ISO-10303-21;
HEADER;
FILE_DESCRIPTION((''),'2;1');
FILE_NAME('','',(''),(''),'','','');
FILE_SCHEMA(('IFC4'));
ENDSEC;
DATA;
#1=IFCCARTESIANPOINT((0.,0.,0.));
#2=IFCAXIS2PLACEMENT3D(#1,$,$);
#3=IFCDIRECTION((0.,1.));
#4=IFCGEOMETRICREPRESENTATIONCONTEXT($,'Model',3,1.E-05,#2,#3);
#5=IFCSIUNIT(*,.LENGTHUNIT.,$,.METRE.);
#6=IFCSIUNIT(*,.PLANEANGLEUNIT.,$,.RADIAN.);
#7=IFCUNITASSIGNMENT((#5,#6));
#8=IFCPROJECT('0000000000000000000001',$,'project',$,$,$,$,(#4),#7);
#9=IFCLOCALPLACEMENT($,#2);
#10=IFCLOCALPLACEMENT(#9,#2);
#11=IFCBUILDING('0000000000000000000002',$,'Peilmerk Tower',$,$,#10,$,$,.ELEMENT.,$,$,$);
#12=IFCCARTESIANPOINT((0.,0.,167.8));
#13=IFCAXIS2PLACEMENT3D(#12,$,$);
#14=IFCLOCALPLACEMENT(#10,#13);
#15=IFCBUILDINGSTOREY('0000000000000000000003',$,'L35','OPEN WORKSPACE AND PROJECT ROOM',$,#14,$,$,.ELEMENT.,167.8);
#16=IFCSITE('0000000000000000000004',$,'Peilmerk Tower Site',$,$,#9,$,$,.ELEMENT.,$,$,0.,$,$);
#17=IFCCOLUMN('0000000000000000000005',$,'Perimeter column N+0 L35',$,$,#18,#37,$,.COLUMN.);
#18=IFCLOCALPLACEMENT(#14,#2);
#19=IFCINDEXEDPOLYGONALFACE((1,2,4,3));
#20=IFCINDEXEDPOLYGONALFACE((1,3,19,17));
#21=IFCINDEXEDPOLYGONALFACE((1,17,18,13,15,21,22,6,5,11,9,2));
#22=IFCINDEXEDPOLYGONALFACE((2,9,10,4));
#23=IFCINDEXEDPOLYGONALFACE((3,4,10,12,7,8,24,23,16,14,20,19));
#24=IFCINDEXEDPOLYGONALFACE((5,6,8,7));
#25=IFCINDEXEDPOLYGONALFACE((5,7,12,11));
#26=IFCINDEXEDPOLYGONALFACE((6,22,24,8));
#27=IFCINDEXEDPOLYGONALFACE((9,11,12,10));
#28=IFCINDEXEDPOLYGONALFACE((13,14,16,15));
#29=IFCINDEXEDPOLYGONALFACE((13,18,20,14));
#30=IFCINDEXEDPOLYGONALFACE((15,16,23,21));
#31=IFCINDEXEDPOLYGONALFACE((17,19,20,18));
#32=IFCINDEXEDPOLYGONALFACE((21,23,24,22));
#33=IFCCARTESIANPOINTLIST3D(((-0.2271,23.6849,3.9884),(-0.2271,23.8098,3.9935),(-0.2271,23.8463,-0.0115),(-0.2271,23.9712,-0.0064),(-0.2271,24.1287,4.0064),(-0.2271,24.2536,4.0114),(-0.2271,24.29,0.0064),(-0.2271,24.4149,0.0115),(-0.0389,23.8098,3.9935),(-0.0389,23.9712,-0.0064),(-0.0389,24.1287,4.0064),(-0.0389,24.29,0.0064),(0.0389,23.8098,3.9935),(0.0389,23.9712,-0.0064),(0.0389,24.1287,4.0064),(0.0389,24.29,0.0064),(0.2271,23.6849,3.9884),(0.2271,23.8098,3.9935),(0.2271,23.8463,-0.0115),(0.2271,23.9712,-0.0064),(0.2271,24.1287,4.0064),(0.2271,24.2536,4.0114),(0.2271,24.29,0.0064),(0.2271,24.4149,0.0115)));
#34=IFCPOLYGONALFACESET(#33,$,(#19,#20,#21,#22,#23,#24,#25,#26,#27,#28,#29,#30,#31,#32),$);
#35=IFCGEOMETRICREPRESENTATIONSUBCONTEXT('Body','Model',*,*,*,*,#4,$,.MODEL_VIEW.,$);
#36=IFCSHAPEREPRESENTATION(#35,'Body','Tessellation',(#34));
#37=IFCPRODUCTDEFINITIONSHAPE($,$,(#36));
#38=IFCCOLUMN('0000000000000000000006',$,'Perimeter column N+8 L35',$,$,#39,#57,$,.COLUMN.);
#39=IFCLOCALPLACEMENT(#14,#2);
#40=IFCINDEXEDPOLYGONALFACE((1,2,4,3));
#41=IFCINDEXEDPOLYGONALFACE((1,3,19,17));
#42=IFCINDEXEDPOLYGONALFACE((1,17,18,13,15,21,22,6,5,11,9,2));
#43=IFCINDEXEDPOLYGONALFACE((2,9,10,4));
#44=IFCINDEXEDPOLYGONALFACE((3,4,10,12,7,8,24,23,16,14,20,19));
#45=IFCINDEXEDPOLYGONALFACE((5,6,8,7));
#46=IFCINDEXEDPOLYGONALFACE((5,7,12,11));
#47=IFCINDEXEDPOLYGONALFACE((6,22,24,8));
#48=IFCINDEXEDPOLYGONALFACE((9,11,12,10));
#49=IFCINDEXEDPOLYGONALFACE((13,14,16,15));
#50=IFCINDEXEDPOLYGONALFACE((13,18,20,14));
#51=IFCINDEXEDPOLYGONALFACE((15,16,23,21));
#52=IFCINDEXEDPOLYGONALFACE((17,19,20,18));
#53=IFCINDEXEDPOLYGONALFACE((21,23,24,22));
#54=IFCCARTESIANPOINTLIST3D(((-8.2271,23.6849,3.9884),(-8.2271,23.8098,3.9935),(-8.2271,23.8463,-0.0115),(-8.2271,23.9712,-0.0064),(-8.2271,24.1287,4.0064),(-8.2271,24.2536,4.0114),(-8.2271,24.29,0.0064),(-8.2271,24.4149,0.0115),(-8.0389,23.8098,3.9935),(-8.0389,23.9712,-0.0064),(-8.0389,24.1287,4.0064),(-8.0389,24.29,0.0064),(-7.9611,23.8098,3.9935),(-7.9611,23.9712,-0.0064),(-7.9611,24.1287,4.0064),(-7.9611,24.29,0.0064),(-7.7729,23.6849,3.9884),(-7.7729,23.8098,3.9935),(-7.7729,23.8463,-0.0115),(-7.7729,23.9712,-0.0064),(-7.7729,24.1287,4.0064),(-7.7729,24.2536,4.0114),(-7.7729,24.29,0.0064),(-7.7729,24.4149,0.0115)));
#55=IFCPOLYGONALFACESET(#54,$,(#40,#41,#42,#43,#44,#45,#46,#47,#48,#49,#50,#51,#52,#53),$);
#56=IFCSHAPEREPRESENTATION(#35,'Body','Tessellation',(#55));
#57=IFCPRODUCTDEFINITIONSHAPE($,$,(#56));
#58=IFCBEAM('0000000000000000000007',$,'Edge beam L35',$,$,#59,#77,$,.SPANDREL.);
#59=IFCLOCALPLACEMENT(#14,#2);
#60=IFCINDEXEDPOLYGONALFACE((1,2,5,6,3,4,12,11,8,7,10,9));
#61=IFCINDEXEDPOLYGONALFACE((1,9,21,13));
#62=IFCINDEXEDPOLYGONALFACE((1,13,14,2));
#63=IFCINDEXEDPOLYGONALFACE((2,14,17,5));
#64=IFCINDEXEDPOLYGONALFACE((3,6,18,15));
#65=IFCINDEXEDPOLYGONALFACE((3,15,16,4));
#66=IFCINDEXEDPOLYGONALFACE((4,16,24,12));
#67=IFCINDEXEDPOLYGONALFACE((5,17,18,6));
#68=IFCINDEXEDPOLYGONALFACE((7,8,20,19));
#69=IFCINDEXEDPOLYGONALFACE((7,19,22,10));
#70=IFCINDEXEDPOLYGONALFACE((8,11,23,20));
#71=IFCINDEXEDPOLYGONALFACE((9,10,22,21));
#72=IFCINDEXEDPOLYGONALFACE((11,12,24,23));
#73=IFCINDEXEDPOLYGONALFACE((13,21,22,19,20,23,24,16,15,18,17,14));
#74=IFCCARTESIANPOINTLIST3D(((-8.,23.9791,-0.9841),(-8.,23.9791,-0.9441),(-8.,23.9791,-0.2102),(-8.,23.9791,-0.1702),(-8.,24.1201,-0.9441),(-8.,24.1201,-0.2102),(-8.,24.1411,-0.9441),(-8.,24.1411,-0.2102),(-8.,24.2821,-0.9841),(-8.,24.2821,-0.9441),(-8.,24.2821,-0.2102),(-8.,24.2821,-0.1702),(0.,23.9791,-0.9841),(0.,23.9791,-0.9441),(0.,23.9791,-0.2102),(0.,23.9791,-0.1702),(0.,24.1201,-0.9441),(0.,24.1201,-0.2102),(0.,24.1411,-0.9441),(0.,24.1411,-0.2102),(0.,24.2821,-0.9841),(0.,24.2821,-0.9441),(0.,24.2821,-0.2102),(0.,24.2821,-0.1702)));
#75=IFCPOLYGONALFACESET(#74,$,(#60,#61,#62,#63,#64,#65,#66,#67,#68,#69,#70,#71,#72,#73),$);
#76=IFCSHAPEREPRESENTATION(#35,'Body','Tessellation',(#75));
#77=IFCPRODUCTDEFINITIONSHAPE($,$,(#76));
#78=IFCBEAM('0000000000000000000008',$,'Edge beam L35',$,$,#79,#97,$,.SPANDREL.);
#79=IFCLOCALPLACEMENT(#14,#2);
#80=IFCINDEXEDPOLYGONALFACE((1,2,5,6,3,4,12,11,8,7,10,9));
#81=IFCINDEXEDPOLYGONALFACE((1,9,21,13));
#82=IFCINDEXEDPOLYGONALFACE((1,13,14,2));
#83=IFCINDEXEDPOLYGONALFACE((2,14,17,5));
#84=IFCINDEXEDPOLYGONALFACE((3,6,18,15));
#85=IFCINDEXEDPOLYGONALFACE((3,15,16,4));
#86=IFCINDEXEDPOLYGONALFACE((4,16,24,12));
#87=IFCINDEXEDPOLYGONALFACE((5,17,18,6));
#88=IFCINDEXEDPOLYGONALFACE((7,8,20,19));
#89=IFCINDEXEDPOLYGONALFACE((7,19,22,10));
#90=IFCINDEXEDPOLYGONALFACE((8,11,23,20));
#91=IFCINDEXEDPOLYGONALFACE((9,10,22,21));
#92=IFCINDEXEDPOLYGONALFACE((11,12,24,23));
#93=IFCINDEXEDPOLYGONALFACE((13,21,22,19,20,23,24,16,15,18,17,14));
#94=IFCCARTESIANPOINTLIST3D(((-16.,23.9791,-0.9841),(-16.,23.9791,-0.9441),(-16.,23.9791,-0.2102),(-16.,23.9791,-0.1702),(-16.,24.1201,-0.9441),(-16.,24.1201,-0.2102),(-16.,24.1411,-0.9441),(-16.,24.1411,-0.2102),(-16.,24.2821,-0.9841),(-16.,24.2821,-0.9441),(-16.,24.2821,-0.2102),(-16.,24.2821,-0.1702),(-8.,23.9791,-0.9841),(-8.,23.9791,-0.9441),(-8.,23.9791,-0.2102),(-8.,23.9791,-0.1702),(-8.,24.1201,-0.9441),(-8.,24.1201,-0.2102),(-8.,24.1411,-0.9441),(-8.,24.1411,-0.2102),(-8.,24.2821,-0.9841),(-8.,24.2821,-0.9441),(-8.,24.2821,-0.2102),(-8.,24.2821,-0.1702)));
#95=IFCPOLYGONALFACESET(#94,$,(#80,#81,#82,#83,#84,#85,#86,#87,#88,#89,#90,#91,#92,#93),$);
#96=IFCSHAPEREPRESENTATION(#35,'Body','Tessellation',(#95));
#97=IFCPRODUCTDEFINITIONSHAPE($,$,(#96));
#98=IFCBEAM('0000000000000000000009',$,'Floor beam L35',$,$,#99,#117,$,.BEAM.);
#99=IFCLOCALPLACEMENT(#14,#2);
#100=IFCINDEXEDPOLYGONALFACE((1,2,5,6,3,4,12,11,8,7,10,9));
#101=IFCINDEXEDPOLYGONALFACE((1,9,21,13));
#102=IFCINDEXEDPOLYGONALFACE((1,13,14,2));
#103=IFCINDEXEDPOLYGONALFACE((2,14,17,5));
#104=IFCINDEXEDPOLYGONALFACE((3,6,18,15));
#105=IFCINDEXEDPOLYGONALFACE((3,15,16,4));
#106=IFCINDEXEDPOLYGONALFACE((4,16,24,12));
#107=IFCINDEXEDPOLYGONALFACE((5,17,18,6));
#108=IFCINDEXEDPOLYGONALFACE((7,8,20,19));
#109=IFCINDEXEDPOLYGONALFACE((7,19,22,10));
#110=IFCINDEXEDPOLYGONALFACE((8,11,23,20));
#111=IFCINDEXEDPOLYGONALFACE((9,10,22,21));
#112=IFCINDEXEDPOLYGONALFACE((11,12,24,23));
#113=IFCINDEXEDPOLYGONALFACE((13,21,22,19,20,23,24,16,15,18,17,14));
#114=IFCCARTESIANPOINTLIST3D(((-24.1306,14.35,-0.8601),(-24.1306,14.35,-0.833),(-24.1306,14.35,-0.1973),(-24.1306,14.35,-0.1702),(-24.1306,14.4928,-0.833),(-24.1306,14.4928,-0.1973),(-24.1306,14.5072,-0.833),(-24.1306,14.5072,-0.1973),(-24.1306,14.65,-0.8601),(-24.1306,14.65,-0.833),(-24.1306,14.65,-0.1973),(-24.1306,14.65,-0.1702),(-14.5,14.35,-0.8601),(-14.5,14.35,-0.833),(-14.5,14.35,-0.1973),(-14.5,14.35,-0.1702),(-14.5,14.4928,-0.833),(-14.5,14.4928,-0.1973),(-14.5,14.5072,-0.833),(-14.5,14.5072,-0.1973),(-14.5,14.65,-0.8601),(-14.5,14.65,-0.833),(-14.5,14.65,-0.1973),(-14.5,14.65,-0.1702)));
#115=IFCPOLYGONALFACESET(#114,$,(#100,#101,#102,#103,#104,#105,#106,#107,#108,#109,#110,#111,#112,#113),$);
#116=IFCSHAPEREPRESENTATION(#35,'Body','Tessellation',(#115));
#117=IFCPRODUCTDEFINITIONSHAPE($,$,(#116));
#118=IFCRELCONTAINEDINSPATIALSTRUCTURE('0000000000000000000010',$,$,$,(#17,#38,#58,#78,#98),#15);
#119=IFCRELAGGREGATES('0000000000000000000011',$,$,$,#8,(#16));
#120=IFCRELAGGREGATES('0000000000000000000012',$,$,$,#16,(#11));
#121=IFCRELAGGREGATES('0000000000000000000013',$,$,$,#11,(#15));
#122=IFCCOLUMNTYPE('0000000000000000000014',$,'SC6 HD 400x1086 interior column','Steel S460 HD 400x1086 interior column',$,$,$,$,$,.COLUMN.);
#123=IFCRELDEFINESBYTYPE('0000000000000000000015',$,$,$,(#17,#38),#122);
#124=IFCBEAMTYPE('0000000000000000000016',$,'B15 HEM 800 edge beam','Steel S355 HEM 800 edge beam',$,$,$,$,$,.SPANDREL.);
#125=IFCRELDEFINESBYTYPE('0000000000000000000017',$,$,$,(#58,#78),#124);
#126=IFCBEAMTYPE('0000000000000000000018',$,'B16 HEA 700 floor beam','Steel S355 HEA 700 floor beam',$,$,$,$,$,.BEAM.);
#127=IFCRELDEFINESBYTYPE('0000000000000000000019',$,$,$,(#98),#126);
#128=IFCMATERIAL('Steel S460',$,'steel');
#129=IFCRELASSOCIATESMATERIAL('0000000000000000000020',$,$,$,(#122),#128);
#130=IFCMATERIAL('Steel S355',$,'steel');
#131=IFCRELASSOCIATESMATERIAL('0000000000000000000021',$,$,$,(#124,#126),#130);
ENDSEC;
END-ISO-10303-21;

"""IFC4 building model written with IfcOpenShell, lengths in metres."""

from ifc_helpers import new_model, si_unit, direction, frame, origin, origin_2d, place, context, subcontext, project, spatial, i_section, extrude, material, material_profile, profile_set, type_object, element, save


model = new_model("IFC4")

# Units and contexts
model_context = context("Model", 3, precision=1e-05, world=origin(), true_north=direction((0.0, 1.0)))
body_context = subcontext(model_context, "Body", "Model", "MODEL_VIEW")
ifc_project = project(units=[si_unit("LENGTHUNIT", "METRE"), si_unit("PLANEANGLEUNIT", "RADIAN")], contexts=[model_context])

# Site, building, storey
site_placement = place(None, origin())
site = spatial("IfcSite", under=ifc_project, at=site_placement, Name="Peilmerk Tower Site", CompositionType="ELEMENT", RefElevation=0.0)
building_placement = place(site_placement, origin())
building = spatial("IfcBuilding", under=site, at=building_placement, Name="Peilmerk Tower", CompositionType="ELEMENT")
storey_placement = place(building_placement, frame((0.0, 0.0, 167.8)))
storey = spatial("IfcBuildingStorey", under=building, at=storey_placement, Name="L35", Description="OPEN WORKSPACE AND PROJECT ROOM", CompositionType="ELEMENT", Elevation=167.8)

# Columns
ifc_material_1 = material(Name="Steel S460", Category="steel")
ifc_material_profile_1 = material_profile(ifc_material_1, i_section(OverallWidth=0.4541, OverallDepth=0.5691, WebThickness=0.0779, FlangeThickness=0.125, at=origin_2d()), Name="HD 400x1086")
ifc_profile_set_1 = profile_set([ifc_material_profile_1], Name="Steel S460")
column_type = type_object("IfcColumnType", Name="SC6 HD 400x1086 interior column", Description="Steel S460 HD 400x1086 interior column", PredefinedType="COLUMN", material=ifc_profile_set_1)
for number, where, z_axis, x_axis, name in (
    (1, (0.0, 24.1306, 0.0), (0.0, -0.040311, 0.999187), (1.0, 0.0, 0.0), "Perimeter column N+0 L35"),
    (2, (-8.0, 24.1306, 0.0), (0.0, -0.040311, 0.999187), (1.0, 0.0, 0.0), "Perimeter column N+8 L35"),
):
    element("IfcColumn", number, at=place(storey_placement, frame(where, z_axis=z_axis, x_axis=x_axis)), inside=storey, type_object=column_type, Name=name, PredefinedType="COLUMN", context=body_context, shape_type="SweptSolid", body=[
        extrude(i_section(OverallWidth=0.4541, OverallDepth=0.5691, WebThickness=0.0779, FlangeThickness=0.125, at=origin_2d()), origin(), (0.0, 0.0, 1.0), 4.0032),
    ])

# Beams
ifc_material_2 = material(Name="Steel S355", Category="steel")
ifc_material_profile_2 = material_profile(ifc_material_2, i_section(OverallWidth=0.303, OverallDepth=0.814, WebThickness=0.021, FlangeThickness=0.04, at=origin_2d()), Name="HEM 800")
ifc_profile_set_2 = profile_set([ifc_material_profile_2], Name="Steel S355")
beam_type_1 = type_object("IfcBeamType", Name="B15 HEM 800 edge beam", Description="Steel S355 HEM 800 edge beam", PredefinedType="SPANDREL", material=ifc_profile_set_2)
for number, where, z_axis, x_axis, name in (
    (3, (0.0, 24.1306, -0.5771), (-1.0, 0.0, 0.0), (0.0, -1.0, 0.0), "Edge beam L35"),
    (4, (-8.0, 24.1306, -0.5771), (-1.0, 0.0, 0.0), (0.0, -1.0, 0.0), "Edge beam L35"),
):
    element("IfcBeam", number, at=place(storey_placement, frame(where, z_axis=z_axis, x_axis=x_axis)), inside=storey, type_object=beam_type_1, Name=name, PredefinedType="SPANDREL", context=body_context, shape_type="SweptSolid", body=[
        extrude(i_section(OverallWidth=0.303, OverallDepth=0.814, WebThickness=0.021, FlangeThickness=0.04, at=origin_2d()), origin(), (0.0, 0.0, 1.0), 8.0),
    ])
ifc_material_profile_3 = material_profile(ifc_material_2, i_section(OverallWidth=0.3, OverallDepth=0.6899, WebThickness=0.0144, FlangeThickness=0.0271, at=origin_2d()), Name="HEA 700")
ifc_profile_set_3 = profile_set([ifc_material_profile_3], Name="Steel S355")
beam_type_2 = type_object("IfcBeamType", Name="B16 HEA 700 floor beam", Description="Steel S355 HEA 700 floor beam", PredefinedType="BEAM", material=ifc_profile_set_3)
beam_placement = place(storey_placement, frame((-14.5, 14.5, -0.5151), z_axis=(-1.0, 0.0, 0.0), x_axis=(0.0, -1.0, 0.0)))
element("IfcBeam", 5, at=beam_placement, inside=storey, type_object=beam_type_2, Name="Floor beam L35", PredefinedType="BEAM", context=body_context, shape_type="SweptSolid", body=[
    extrude(i_section(OverallWidth=0.3, OverallDepth=0.6899, WebThickness=0.0144, FlangeThickness=0.0271, at=origin_2d()), origin(), (0.0, 0.0, 1.0), 9.6306),
])

save(model, "model.ifc")
